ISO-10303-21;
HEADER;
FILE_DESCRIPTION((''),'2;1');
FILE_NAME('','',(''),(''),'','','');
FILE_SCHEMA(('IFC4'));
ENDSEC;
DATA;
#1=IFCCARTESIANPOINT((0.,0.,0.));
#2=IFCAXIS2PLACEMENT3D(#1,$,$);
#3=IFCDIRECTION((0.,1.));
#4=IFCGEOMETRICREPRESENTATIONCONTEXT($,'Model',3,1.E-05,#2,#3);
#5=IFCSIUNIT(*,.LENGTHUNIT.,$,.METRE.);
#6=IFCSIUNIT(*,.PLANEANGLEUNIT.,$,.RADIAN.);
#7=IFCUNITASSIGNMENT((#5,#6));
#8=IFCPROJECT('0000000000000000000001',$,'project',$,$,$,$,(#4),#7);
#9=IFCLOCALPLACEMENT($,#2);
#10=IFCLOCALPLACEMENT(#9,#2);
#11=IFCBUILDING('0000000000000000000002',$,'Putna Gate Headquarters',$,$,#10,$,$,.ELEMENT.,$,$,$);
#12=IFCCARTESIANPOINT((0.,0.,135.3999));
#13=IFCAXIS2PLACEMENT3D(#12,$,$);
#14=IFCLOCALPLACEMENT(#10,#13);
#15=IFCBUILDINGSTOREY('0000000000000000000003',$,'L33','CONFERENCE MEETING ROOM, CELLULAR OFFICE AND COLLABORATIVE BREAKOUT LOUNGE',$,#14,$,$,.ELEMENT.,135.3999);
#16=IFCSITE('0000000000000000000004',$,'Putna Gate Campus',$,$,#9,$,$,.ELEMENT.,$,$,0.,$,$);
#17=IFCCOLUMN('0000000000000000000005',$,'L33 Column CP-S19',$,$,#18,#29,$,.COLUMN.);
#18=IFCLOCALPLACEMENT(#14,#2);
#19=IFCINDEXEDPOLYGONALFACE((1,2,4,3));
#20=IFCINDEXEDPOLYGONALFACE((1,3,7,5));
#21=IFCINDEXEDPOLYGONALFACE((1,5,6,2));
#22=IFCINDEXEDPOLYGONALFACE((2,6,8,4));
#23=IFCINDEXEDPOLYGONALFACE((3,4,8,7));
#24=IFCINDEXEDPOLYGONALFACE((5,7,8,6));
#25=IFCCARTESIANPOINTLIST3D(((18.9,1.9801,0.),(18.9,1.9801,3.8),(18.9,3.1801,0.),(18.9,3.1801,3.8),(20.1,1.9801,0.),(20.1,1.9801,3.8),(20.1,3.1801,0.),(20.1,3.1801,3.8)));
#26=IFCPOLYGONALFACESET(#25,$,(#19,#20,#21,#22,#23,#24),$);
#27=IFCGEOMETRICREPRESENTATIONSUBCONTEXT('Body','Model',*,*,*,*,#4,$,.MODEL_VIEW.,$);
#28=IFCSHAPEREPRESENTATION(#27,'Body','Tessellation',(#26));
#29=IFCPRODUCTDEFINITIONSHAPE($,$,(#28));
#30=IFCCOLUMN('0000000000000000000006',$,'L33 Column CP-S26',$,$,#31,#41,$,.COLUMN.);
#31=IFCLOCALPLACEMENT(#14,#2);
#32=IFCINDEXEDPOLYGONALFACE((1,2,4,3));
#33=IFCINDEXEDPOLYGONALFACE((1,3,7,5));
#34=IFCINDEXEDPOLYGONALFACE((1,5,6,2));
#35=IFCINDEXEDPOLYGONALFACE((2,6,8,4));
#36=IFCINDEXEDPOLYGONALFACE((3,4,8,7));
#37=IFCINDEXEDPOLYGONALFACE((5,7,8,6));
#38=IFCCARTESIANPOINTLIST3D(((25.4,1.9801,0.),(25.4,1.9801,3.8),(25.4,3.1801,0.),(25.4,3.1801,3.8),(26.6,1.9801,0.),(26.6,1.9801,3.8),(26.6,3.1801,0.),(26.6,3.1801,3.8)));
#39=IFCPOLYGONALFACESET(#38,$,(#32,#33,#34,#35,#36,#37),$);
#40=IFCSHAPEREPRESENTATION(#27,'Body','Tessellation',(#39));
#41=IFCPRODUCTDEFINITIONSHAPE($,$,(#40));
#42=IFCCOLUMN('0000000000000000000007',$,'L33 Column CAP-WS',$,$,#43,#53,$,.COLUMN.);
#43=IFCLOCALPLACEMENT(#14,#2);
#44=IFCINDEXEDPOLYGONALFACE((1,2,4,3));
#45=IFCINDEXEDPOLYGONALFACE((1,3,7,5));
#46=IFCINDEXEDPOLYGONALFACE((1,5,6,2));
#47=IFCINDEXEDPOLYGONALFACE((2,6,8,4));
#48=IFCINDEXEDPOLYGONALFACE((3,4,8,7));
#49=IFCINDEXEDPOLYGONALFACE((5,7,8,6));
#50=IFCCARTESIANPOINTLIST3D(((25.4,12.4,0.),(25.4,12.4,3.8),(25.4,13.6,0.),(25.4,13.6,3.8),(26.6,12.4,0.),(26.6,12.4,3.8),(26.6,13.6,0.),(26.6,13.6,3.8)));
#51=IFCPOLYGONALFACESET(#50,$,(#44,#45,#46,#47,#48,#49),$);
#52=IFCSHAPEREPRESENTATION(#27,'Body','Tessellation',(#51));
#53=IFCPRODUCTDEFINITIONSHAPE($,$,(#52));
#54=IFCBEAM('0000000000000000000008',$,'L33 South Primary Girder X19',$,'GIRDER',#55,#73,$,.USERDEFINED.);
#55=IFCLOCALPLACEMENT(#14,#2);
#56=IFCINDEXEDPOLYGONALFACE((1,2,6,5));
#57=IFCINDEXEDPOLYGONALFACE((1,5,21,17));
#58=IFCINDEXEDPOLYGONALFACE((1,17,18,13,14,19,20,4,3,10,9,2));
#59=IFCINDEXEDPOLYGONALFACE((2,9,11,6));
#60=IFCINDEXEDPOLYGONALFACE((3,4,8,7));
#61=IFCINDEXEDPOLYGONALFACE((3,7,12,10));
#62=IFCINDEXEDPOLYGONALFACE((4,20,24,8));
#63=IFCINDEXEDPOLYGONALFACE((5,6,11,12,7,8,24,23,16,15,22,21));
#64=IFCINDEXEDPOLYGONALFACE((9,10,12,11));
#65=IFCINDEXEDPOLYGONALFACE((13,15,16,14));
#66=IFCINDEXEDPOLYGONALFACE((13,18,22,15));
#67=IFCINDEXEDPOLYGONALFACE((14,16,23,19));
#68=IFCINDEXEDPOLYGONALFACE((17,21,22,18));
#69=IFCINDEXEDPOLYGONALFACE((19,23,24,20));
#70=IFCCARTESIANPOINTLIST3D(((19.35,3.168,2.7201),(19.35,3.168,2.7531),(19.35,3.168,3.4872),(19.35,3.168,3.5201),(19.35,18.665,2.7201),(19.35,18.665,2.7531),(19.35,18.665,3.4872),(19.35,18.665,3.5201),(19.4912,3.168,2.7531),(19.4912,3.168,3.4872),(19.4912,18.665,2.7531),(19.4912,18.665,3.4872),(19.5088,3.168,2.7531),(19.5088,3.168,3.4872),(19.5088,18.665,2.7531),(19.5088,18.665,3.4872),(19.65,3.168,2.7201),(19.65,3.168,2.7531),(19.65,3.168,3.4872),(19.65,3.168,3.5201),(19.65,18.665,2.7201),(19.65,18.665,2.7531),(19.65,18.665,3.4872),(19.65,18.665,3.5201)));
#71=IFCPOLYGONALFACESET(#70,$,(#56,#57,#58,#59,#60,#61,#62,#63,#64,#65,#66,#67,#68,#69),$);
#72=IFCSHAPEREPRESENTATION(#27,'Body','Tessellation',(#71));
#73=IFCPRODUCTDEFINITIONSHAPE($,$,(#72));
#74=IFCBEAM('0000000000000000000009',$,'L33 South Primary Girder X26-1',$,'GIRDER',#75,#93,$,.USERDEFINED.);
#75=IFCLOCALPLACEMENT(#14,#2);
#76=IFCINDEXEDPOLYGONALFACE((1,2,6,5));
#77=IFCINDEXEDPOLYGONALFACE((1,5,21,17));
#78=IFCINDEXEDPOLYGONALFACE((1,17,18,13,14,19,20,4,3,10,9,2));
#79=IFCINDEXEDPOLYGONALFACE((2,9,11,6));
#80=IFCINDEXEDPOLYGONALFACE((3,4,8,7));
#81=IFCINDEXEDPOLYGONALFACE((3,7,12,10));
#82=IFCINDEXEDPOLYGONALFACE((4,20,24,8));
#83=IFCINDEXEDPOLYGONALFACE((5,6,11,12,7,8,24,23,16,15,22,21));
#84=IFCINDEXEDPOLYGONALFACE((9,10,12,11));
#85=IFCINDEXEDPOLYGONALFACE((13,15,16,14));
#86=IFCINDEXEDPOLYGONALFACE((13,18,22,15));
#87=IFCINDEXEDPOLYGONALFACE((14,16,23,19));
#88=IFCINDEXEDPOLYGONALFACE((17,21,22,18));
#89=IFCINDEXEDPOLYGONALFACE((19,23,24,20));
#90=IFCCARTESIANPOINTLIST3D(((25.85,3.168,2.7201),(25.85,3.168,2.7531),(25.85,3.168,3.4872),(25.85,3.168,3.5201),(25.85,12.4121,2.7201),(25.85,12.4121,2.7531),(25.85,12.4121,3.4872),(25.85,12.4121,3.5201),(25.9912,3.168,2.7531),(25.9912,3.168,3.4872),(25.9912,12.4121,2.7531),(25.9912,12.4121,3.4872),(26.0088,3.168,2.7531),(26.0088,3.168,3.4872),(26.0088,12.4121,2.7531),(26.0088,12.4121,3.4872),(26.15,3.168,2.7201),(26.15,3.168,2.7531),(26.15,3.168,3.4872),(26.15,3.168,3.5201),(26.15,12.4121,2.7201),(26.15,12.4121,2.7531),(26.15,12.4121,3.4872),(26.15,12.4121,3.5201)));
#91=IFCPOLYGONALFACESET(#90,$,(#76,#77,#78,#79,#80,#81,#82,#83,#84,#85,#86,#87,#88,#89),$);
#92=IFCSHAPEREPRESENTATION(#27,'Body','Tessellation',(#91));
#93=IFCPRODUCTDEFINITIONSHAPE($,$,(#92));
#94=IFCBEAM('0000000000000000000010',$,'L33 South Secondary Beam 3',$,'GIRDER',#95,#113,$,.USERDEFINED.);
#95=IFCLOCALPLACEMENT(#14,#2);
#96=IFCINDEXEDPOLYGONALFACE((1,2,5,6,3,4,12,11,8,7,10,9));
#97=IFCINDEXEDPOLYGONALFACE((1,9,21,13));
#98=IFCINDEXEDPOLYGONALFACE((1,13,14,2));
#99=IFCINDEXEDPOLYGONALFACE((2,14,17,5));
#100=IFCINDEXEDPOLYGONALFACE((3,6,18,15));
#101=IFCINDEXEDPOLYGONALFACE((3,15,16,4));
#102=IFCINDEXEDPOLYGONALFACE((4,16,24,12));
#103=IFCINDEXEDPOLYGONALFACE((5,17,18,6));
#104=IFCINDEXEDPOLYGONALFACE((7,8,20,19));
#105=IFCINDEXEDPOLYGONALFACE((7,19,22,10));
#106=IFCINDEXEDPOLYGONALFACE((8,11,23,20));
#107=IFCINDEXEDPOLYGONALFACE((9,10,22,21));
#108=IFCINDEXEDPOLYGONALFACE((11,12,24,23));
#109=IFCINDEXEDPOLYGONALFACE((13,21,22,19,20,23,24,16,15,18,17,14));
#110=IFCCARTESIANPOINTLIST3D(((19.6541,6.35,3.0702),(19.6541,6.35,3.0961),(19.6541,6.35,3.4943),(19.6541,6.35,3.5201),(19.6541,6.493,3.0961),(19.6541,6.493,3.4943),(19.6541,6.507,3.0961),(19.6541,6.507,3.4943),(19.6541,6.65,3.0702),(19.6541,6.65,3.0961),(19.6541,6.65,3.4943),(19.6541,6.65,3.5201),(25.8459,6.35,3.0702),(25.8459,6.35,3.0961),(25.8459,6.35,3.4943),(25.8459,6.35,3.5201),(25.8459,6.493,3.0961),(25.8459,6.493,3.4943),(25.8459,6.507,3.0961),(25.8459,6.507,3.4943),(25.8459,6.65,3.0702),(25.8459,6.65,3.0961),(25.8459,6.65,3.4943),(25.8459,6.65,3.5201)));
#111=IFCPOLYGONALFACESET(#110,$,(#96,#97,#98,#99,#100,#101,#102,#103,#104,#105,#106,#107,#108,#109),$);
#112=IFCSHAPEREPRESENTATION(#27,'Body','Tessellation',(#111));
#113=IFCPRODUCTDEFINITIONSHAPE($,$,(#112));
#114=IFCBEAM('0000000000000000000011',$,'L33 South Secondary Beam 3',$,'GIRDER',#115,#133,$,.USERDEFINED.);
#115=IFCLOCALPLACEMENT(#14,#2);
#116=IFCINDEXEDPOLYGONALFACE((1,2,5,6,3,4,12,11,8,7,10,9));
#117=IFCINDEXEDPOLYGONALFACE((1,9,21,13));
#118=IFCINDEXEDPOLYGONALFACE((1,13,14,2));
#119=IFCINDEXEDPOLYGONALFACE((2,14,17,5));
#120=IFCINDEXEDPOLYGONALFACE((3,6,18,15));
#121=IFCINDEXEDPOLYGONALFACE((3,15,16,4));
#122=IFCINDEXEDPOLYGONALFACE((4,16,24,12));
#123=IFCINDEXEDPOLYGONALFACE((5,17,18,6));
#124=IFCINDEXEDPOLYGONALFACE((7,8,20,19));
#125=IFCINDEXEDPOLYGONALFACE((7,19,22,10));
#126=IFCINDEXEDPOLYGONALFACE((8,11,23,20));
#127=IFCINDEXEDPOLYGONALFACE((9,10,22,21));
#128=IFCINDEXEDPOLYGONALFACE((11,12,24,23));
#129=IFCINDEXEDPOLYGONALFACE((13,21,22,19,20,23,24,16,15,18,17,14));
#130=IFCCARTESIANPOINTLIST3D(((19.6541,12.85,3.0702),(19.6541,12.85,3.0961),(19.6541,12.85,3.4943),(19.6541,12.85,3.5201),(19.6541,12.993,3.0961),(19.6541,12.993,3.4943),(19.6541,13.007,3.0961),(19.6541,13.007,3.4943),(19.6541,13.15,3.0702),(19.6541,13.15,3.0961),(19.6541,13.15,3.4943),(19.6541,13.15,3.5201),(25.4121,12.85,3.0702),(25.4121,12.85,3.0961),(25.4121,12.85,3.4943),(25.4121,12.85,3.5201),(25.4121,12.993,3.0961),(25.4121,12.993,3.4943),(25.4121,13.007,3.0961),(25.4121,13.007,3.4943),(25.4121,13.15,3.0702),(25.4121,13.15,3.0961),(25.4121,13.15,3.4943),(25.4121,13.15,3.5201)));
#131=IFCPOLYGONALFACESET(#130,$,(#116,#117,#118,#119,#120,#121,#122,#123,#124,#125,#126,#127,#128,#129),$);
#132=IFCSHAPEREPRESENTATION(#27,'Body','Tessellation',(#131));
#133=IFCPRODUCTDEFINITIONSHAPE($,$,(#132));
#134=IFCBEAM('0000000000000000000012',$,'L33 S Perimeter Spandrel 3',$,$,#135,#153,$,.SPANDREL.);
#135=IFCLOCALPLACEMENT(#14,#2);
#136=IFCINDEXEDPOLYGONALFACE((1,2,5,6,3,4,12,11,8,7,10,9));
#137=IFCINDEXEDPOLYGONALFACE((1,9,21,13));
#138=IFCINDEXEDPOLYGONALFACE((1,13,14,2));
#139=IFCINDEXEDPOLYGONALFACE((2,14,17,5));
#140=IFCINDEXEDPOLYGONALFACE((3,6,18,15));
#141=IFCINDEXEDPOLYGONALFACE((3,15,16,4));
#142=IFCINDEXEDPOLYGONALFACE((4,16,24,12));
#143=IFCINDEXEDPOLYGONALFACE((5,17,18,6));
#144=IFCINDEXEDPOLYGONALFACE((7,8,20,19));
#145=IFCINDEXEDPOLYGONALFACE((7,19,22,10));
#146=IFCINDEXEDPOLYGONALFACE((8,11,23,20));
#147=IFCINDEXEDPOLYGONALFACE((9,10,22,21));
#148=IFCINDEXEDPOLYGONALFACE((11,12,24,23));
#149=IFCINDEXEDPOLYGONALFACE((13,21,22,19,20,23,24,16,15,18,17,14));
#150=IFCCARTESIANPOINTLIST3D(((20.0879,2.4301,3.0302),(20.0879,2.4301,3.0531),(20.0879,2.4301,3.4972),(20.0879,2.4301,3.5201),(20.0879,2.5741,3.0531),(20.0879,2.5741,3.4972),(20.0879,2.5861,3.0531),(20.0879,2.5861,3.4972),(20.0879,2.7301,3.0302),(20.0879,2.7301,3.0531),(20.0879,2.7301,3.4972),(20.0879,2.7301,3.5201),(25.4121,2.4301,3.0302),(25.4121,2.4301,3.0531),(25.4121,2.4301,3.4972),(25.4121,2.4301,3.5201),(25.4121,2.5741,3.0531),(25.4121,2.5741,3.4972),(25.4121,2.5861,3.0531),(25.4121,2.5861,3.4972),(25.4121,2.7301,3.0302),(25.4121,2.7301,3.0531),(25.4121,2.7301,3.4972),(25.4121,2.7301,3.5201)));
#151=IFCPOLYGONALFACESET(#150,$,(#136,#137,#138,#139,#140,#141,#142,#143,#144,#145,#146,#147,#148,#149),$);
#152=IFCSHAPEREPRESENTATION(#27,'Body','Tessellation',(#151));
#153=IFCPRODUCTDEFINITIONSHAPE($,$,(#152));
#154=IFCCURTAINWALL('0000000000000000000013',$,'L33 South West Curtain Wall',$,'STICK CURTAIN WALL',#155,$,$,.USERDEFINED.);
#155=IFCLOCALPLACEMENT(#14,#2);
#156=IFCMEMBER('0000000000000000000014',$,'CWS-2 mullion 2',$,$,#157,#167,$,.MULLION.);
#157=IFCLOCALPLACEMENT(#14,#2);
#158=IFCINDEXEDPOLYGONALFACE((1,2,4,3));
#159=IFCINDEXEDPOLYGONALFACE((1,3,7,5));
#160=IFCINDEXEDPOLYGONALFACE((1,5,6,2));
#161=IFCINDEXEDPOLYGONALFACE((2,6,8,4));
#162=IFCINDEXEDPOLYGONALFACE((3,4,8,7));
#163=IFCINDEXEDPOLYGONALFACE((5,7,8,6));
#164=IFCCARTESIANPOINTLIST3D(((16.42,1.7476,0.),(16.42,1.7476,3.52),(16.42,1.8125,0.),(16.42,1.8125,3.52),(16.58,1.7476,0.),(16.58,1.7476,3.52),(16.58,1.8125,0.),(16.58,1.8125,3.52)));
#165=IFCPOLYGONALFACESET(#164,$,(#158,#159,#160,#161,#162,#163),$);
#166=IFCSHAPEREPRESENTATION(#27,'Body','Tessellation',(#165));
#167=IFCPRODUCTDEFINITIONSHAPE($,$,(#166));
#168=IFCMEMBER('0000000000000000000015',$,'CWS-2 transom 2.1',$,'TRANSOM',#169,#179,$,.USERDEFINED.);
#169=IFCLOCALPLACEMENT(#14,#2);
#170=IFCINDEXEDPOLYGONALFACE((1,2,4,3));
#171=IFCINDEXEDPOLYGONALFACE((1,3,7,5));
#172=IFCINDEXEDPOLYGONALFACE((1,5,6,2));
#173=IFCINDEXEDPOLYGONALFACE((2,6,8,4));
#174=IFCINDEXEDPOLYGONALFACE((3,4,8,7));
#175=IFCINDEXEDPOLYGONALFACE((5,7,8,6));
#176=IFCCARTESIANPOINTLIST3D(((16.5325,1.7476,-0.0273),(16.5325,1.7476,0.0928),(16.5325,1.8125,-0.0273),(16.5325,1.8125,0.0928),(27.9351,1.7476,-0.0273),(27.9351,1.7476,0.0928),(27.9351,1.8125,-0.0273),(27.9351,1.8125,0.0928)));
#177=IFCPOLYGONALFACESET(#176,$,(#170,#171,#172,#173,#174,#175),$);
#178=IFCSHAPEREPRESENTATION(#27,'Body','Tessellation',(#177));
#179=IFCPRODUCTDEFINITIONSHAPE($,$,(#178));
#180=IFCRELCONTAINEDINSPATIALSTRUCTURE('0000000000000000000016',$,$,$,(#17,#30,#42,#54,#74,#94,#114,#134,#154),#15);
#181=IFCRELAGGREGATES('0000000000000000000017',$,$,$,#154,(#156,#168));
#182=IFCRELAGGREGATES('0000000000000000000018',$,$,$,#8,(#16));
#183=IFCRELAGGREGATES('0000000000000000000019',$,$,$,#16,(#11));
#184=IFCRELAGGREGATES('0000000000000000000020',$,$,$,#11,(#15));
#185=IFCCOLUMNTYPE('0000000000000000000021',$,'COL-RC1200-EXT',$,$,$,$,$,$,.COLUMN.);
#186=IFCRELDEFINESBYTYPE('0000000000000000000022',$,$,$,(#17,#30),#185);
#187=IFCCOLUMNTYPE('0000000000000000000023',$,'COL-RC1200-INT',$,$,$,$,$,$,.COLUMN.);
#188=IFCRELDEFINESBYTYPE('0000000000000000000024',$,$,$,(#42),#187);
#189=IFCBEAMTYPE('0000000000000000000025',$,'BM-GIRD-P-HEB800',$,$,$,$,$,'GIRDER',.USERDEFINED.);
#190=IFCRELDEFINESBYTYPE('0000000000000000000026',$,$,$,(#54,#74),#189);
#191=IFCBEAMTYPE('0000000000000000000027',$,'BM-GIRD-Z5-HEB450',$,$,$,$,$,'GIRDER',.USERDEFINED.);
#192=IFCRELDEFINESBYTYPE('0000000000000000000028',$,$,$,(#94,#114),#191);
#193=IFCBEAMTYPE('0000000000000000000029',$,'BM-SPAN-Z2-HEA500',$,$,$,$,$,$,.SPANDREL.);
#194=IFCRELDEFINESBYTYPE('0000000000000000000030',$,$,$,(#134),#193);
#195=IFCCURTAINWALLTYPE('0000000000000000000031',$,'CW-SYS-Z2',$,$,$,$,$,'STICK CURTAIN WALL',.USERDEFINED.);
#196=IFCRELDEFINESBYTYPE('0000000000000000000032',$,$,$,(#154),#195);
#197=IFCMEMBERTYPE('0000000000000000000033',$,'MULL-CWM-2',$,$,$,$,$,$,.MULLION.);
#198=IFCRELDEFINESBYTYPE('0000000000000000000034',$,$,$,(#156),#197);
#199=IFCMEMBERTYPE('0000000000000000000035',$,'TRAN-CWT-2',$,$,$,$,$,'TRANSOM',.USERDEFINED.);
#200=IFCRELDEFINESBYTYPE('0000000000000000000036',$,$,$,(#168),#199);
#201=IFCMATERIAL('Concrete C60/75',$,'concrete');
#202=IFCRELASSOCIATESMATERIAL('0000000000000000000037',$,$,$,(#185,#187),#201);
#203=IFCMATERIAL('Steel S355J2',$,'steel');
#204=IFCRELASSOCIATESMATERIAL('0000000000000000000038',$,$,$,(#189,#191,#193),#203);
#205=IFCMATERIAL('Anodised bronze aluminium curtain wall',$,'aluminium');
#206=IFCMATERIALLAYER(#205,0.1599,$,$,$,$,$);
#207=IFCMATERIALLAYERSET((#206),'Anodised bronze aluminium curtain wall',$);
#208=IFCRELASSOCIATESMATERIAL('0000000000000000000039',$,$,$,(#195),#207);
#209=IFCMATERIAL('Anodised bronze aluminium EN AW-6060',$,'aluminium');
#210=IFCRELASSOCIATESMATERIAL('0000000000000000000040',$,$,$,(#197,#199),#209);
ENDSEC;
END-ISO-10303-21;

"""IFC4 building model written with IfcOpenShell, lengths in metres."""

from ifc_helpers import new_model, si_unit, direction, frame, origin, origin_2d, place, context, subcontext, project, spatial, rectangle, i_section, extrude, material, layer, layer_set, material_profile, profile_set, type_object, element, aggregate, save


model = new_model("IFC4")

# Units and contexts
model_context = context("Model", 3, precision=1e-05, world=origin(), true_north=direction((0.0, 1.0)))
body_context = subcontext(model_context, "Body", "Model", "MODEL_VIEW")
ifc_project = project(units=[si_unit("LENGTHUNIT", "METRE"), si_unit("PLANEANGLEUNIT", "RADIAN")], contexts=[model_context])

# Site, building, storey
site_placement = place(None, origin())
site = spatial("IfcSite", under=ifc_project, at=site_placement, Name="Putna Gate Campus", CompositionType="ELEMENT", RefElevation=0.0)
building_placement = place(site_placement, origin())
building = spatial("IfcBuilding", under=site, at=building_placement, Name="Putna Gate Headquarters", CompositionType="ELEMENT")
storey_placement = place(building_placement, frame((0.0, 0.0, 135.3999)))
storey = spatial("IfcBuildingStorey", under=building, at=storey_placement, Name="L33", Description="CONFERENCE MEETING ROOM, CELLULAR OFFICE AND COLLABORATIVE BREAKOUT LOUNGE", CompositionType="ELEMENT", Elevation=135.3999)

# Columns
ifc_material_1 = material(Name="Concrete C60/75", Category="concrete")
ifc_material_profile_1 = material_profile(ifc_material_1, rectangle(XDim=1.2, YDim=1.2, at=origin_2d()), Name="Concrete C60/75")
ifc_profile_set_1 = profile_set([ifc_material_profile_1], Name="Concrete C60/75")
column_type_1 = type_object("IfcColumnType", Name="COL-RC1200-EXT", PredefinedType="COLUMN", material=ifc_profile_set_1)
for number, where, z_axis, x_axis, name in (
    (1, (19.5, 2.5801, 0.0), (0.0, 0.0, 1.0), (1.0, 0.0, 0.0), "L33 Column CP-S19"),
    (2, (26.0, 2.5801, 0.0), (0.0, 0.0, 1.0), (1.0, 0.0, 0.0), "L33 Column CP-S26"),
):
    element("IfcColumn", number, at=place(storey_placement, frame(where, z_axis=z_axis, x_axis=x_axis)), inside=storey, type_object=column_type_1, Name=name, PredefinedType="COLUMN", context=body_context, shape_type="SweptSolid", body=[
        extrude(rectangle(XDim=1.2, YDim=1.2, at=origin_2d()), origin(), (0.0, 0.0, 1.0), 3.8),
    ])
ifc_material_profile_2 = material_profile(ifc_material_1, rectangle(XDim=1.2, YDim=1.2, at=origin_2d()), Name="Concrete C60/75")
ifc_profile_set_2 = profile_set([ifc_material_profile_2], Name="Concrete C60/75")
column_type_2 = type_object("IfcColumnType", Name="COL-RC1200-INT", PredefinedType="COLUMN", material=ifc_profile_set_2)
column_placement = place(storey_placement, frame((26.0, 13.0, 0.0), z_axis=(0.0, 0.0, 1.0), x_axis=(1.0, 0.0, 0.0)))
element("IfcColumn", 3, at=column_placement, inside=storey, type_object=column_type_2, Name="L33 Column CAP-WS", PredefinedType="COLUMN", context=body_context, shape_type="SweptSolid", body=[
    extrude(rectangle(XDim=1.2, YDim=1.2, at=origin_2d()), origin(), (0.0, 0.0, 1.0), 3.8),
])

# Beams
ifc_material_2 = material(Name="Steel S355J2", Category="steel")
ifc_material_profile_3 = material_profile(ifc_material_2, i_section(OverallWidth=0.3, OverallDepth=0.8, WebThickness=0.0176, FlangeThickness=0.033, at=origin_2d()), Name="Steel S355J2")
ifc_profile_set_3 = profile_set([ifc_material_profile_3], Name="Steel S355J2")
beam_type_1 = type_object("IfcBeamType", Name="BM-GIRD-P-HEB800", ElementType="GIRDER", PredefinedType="USERDEFINED", material=ifc_profile_set_3)
beam_1_placement = place(storey_placement, frame((19.5, 3.168, 3.1201), z_axis=(0.0, 1.0, 0.0), x_axis=(-1.0, 0.0, 0.0)))
element("IfcBeam", 4, at=beam_1_placement, inside=storey, type_object=beam_type_1, Name="L33 South Primary Girder X19", ObjectType="GIRDER", PredefinedType="USERDEFINED", context=body_context, shape_type="SweptSolid", body=[
    extrude(i_section(OverallWidth=0.3, OverallDepth=0.8, WebThickness=0.0176, FlangeThickness=0.033, at=origin_2d()), origin(), (0.0, 0.0, 1.0), 15.4971),
])
beam_2_placement = place(storey_placement, frame((26.0, 3.168, 3.1201), z_axis=(0.0, 1.0, 0.0), x_axis=(-1.0, 0.0, 0.0)))
element("IfcBeam", 5, at=beam_2_placement, inside=storey, type_object=beam_type_1, Name="L33 South Primary Girder X26-1", ObjectType="GIRDER", PredefinedType="USERDEFINED", context=body_context, shape_type="SweptSolid", body=[
    extrude(i_section(OverallWidth=0.3, OverallDepth=0.8, WebThickness=0.0176, FlangeThickness=0.033, at=origin_2d()), origin(), (0.0, 0.0, 1.0), 9.2441),
])
ifc_material_profile_4 = material_profile(ifc_material_2, i_section(OverallWidth=0.3, OverallDepth=0.45, WebThickness=0.0139, FlangeThickness=0.0259, at=origin_2d()), Name="Steel S355J2")
ifc_profile_set_4 = profile_set([ifc_material_profile_4], Name="Steel S355J2")
beam_type_2 = type_object("IfcBeamType", Name="BM-GIRD-Z5-HEB450", ElementType="GIRDER", PredefinedType="USERDEFINED", material=ifc_profile_set_4)
beam_3_placement = place(storey_placement, frame((19.6541, 6.5, 3.2952), z_axis=(1.0, 0.0, 0.0), x_axis=(0.0, 1.0, 0.0)))
element("IfcBeam", 6, at=beam_3_placement, inside=storey, type_object=beam_type_2, Name="L33 South Secondary Beam 3", ObjectType="GIRDER", PredefinedType="USERDEFINED", context=body_context, shape_type="SweptSolid", body=[
    extrude(i_section(OverallWidth=0.3, OverallDepth=0.45, WebThickness=0.0139, FlangeThickness=0.0259, at=origin_2d()), origin(), (0.0, 0.0, 1.0), 6.1919),
])
beam_4_placement = place(storey_placement, frame((19.6541, 13.0, 3.2952), z_axis=(1.0, 0.0, 0.0), x_axis=(0.0, 1.0, 0.0)))
element("IfcBeam", 7, at=beam_4_placement, inside=storey, type_object=beam_type_2, Name="L33 South Secondary Beam 3", ObjectType="GIRDER", PredefinedType="USERDEFINED", context=body_context, shape_type="SweptSolid", body=[
    extrude(i_section(OverallWidth=0.3, OverallDepth=0.45, WebThickness=0.0139, FlangeThickness=0.0259, at=origin_2d()), origin(), (0.0, 0.0, 1.0), 5.7581),
])
ifc_material_profile_5 = material_profile(ifc_material_2, i_section(OverallWidth=0.3, OverallDepth=0.49, WebThickness=0.012, FlangeThickness=0.0229, at=origin_2d()), Name="Steel S355J2")
ifc_profile_set_5 = profile_set([ifc_material_profile_5], Name="Steel S355J2")
beam_type_3 = type_object("IfcBeamType", Name="BM-SPAN-Z2-HEA500", PredefinedType="SPANDREL", material=ifc_profile_set_5)
beam_5_placement = place(storey_placement, frame((20.0879, 2.5801, 3.2751), z_axis=(1.0, 0.0, 0.0), x_axis=(0.0, 1.0, 0.0)))
element("IfcBeam", 8, at=beam_5_placement, inside=storey, type_object=beam_type_3, Name="L33 S Perimeter Spandrel 3", PredefinedType="SPANDREL", context=body_context, shape_type="SweptSolid", body=[
    extrude(i_section(OverallWidth=0.3, OverallDepth=0.49, WebThickness=0.012, FlangeThickness=0.0229, at=origin_2d()), origin(), (0.0, 0.0, 1.0), 5.3242),
])

# Curtain wall, members
ifc_material_3 = material(Name="Anodised bronze aluminium curtain wall", Category="aluminium")
ifc_layer_1 = layer(ifc_material_3, 0.1599)
ifc_layer_set_1 = layer_set([ifc_layer_1], Name="Anodised bronze aluminium curtain wall")
curtain_wall_type = type_object("IfcCurtainWallType", Name="CW-SYS-Z2", ElementType="STICK CURTAIN WALL", PredefinedType="USERDEFINED", material=ifc_layer_set_1)
curtain_wall_placement = place(storey_placement, origin())
curtain_wall = element("IfcCurtainWall", 9, at=curtain_wall_placement, inside=storey, type_object=curtain_wall_type, Name="L33 South West Curtain Wall", ObjectType="STICK CURTAIN WALL", PredefinedType="USERDEFINED")
ifc_material_4 = material(Name="Anodised bronze aluminium EN AW-6060", Category="aluminium")
ifc_material_profile_6 = material_profile(ifc_material_4, rectangle(XDim=0.0649, YDim=0.1599, at=origin_2d()), Name="Anodised bronze aluminium EN AW-6060")
ifc_profile_set_6 = profile_set([ifc_material_profile_6], Name="Anodised bronze aluminium EN AW-6060")
member_type_1 = type_object("IfcMemberType", Name="MULL-CWM-2", PredefinedType="MULLION", material=ifc_profile_set_6)
member_1_placement = place(storey_placement, frame((16.5, 1.78, 0.0), z_axis=(0.0, 0.0, 1.0), x_axis=(0.0, 1.0, 0.0)))
member_1 = element("IfcMember", 10, at=member_1_placement, type_object=member_type_1, Name="CWS-2 mullion 2", PredefinedType="MULLION", context=body_context, shape_type="SweptSolid", body=[
    extrude(rectangle(XDim=0.0649, YDim=0.1599, at=origin_2d()), origin(), (0.0, 0.0, 1.0), 3.52),
])
ifc_material_profile_7 = material_profile(ifc_material_4, rectangle(XDim=0.0649, YDim=0.1201, at=origin_2d()), Name="Anodised bronze aluminium EN AW-6060")
ifc_profile_set_7 = profile_set([ifc_material_profile_7], Name="Anodised bronze aluminium EN AW-6060")
member_type_2 = type_object("IfcMemberType", Name="TRAN-CWT-2", ElementType="TRANSOM", PredefinedType="USERDEFINED", material=ifc_profile_set_7)
member_2_placement = place(storey_placement, frame((16.5325, 1.78, 0.0327), z_axis=(1.0, 0.0, 0.0), x_axis=(0.0, 1.0, 0.0)))
member_2 = element("IfcMember", 11, at=member_2_placement, type_object=member_type_2, Name="CWS-2 transom 2.1", ObjectType="TRANSOM", PredefinedType="USERDEFINED", context=body_context, shape_type="SweptSolid", body=[
    extrude(rectangle(XDim=0.0649, YDim=0.1201, at=origin_2d()), origin(), (0.0, 0.0, 1.0), 11.4026),
])
aggregate(curtain_wall, [member_1, member_2])

save(model, "model.ifc")
